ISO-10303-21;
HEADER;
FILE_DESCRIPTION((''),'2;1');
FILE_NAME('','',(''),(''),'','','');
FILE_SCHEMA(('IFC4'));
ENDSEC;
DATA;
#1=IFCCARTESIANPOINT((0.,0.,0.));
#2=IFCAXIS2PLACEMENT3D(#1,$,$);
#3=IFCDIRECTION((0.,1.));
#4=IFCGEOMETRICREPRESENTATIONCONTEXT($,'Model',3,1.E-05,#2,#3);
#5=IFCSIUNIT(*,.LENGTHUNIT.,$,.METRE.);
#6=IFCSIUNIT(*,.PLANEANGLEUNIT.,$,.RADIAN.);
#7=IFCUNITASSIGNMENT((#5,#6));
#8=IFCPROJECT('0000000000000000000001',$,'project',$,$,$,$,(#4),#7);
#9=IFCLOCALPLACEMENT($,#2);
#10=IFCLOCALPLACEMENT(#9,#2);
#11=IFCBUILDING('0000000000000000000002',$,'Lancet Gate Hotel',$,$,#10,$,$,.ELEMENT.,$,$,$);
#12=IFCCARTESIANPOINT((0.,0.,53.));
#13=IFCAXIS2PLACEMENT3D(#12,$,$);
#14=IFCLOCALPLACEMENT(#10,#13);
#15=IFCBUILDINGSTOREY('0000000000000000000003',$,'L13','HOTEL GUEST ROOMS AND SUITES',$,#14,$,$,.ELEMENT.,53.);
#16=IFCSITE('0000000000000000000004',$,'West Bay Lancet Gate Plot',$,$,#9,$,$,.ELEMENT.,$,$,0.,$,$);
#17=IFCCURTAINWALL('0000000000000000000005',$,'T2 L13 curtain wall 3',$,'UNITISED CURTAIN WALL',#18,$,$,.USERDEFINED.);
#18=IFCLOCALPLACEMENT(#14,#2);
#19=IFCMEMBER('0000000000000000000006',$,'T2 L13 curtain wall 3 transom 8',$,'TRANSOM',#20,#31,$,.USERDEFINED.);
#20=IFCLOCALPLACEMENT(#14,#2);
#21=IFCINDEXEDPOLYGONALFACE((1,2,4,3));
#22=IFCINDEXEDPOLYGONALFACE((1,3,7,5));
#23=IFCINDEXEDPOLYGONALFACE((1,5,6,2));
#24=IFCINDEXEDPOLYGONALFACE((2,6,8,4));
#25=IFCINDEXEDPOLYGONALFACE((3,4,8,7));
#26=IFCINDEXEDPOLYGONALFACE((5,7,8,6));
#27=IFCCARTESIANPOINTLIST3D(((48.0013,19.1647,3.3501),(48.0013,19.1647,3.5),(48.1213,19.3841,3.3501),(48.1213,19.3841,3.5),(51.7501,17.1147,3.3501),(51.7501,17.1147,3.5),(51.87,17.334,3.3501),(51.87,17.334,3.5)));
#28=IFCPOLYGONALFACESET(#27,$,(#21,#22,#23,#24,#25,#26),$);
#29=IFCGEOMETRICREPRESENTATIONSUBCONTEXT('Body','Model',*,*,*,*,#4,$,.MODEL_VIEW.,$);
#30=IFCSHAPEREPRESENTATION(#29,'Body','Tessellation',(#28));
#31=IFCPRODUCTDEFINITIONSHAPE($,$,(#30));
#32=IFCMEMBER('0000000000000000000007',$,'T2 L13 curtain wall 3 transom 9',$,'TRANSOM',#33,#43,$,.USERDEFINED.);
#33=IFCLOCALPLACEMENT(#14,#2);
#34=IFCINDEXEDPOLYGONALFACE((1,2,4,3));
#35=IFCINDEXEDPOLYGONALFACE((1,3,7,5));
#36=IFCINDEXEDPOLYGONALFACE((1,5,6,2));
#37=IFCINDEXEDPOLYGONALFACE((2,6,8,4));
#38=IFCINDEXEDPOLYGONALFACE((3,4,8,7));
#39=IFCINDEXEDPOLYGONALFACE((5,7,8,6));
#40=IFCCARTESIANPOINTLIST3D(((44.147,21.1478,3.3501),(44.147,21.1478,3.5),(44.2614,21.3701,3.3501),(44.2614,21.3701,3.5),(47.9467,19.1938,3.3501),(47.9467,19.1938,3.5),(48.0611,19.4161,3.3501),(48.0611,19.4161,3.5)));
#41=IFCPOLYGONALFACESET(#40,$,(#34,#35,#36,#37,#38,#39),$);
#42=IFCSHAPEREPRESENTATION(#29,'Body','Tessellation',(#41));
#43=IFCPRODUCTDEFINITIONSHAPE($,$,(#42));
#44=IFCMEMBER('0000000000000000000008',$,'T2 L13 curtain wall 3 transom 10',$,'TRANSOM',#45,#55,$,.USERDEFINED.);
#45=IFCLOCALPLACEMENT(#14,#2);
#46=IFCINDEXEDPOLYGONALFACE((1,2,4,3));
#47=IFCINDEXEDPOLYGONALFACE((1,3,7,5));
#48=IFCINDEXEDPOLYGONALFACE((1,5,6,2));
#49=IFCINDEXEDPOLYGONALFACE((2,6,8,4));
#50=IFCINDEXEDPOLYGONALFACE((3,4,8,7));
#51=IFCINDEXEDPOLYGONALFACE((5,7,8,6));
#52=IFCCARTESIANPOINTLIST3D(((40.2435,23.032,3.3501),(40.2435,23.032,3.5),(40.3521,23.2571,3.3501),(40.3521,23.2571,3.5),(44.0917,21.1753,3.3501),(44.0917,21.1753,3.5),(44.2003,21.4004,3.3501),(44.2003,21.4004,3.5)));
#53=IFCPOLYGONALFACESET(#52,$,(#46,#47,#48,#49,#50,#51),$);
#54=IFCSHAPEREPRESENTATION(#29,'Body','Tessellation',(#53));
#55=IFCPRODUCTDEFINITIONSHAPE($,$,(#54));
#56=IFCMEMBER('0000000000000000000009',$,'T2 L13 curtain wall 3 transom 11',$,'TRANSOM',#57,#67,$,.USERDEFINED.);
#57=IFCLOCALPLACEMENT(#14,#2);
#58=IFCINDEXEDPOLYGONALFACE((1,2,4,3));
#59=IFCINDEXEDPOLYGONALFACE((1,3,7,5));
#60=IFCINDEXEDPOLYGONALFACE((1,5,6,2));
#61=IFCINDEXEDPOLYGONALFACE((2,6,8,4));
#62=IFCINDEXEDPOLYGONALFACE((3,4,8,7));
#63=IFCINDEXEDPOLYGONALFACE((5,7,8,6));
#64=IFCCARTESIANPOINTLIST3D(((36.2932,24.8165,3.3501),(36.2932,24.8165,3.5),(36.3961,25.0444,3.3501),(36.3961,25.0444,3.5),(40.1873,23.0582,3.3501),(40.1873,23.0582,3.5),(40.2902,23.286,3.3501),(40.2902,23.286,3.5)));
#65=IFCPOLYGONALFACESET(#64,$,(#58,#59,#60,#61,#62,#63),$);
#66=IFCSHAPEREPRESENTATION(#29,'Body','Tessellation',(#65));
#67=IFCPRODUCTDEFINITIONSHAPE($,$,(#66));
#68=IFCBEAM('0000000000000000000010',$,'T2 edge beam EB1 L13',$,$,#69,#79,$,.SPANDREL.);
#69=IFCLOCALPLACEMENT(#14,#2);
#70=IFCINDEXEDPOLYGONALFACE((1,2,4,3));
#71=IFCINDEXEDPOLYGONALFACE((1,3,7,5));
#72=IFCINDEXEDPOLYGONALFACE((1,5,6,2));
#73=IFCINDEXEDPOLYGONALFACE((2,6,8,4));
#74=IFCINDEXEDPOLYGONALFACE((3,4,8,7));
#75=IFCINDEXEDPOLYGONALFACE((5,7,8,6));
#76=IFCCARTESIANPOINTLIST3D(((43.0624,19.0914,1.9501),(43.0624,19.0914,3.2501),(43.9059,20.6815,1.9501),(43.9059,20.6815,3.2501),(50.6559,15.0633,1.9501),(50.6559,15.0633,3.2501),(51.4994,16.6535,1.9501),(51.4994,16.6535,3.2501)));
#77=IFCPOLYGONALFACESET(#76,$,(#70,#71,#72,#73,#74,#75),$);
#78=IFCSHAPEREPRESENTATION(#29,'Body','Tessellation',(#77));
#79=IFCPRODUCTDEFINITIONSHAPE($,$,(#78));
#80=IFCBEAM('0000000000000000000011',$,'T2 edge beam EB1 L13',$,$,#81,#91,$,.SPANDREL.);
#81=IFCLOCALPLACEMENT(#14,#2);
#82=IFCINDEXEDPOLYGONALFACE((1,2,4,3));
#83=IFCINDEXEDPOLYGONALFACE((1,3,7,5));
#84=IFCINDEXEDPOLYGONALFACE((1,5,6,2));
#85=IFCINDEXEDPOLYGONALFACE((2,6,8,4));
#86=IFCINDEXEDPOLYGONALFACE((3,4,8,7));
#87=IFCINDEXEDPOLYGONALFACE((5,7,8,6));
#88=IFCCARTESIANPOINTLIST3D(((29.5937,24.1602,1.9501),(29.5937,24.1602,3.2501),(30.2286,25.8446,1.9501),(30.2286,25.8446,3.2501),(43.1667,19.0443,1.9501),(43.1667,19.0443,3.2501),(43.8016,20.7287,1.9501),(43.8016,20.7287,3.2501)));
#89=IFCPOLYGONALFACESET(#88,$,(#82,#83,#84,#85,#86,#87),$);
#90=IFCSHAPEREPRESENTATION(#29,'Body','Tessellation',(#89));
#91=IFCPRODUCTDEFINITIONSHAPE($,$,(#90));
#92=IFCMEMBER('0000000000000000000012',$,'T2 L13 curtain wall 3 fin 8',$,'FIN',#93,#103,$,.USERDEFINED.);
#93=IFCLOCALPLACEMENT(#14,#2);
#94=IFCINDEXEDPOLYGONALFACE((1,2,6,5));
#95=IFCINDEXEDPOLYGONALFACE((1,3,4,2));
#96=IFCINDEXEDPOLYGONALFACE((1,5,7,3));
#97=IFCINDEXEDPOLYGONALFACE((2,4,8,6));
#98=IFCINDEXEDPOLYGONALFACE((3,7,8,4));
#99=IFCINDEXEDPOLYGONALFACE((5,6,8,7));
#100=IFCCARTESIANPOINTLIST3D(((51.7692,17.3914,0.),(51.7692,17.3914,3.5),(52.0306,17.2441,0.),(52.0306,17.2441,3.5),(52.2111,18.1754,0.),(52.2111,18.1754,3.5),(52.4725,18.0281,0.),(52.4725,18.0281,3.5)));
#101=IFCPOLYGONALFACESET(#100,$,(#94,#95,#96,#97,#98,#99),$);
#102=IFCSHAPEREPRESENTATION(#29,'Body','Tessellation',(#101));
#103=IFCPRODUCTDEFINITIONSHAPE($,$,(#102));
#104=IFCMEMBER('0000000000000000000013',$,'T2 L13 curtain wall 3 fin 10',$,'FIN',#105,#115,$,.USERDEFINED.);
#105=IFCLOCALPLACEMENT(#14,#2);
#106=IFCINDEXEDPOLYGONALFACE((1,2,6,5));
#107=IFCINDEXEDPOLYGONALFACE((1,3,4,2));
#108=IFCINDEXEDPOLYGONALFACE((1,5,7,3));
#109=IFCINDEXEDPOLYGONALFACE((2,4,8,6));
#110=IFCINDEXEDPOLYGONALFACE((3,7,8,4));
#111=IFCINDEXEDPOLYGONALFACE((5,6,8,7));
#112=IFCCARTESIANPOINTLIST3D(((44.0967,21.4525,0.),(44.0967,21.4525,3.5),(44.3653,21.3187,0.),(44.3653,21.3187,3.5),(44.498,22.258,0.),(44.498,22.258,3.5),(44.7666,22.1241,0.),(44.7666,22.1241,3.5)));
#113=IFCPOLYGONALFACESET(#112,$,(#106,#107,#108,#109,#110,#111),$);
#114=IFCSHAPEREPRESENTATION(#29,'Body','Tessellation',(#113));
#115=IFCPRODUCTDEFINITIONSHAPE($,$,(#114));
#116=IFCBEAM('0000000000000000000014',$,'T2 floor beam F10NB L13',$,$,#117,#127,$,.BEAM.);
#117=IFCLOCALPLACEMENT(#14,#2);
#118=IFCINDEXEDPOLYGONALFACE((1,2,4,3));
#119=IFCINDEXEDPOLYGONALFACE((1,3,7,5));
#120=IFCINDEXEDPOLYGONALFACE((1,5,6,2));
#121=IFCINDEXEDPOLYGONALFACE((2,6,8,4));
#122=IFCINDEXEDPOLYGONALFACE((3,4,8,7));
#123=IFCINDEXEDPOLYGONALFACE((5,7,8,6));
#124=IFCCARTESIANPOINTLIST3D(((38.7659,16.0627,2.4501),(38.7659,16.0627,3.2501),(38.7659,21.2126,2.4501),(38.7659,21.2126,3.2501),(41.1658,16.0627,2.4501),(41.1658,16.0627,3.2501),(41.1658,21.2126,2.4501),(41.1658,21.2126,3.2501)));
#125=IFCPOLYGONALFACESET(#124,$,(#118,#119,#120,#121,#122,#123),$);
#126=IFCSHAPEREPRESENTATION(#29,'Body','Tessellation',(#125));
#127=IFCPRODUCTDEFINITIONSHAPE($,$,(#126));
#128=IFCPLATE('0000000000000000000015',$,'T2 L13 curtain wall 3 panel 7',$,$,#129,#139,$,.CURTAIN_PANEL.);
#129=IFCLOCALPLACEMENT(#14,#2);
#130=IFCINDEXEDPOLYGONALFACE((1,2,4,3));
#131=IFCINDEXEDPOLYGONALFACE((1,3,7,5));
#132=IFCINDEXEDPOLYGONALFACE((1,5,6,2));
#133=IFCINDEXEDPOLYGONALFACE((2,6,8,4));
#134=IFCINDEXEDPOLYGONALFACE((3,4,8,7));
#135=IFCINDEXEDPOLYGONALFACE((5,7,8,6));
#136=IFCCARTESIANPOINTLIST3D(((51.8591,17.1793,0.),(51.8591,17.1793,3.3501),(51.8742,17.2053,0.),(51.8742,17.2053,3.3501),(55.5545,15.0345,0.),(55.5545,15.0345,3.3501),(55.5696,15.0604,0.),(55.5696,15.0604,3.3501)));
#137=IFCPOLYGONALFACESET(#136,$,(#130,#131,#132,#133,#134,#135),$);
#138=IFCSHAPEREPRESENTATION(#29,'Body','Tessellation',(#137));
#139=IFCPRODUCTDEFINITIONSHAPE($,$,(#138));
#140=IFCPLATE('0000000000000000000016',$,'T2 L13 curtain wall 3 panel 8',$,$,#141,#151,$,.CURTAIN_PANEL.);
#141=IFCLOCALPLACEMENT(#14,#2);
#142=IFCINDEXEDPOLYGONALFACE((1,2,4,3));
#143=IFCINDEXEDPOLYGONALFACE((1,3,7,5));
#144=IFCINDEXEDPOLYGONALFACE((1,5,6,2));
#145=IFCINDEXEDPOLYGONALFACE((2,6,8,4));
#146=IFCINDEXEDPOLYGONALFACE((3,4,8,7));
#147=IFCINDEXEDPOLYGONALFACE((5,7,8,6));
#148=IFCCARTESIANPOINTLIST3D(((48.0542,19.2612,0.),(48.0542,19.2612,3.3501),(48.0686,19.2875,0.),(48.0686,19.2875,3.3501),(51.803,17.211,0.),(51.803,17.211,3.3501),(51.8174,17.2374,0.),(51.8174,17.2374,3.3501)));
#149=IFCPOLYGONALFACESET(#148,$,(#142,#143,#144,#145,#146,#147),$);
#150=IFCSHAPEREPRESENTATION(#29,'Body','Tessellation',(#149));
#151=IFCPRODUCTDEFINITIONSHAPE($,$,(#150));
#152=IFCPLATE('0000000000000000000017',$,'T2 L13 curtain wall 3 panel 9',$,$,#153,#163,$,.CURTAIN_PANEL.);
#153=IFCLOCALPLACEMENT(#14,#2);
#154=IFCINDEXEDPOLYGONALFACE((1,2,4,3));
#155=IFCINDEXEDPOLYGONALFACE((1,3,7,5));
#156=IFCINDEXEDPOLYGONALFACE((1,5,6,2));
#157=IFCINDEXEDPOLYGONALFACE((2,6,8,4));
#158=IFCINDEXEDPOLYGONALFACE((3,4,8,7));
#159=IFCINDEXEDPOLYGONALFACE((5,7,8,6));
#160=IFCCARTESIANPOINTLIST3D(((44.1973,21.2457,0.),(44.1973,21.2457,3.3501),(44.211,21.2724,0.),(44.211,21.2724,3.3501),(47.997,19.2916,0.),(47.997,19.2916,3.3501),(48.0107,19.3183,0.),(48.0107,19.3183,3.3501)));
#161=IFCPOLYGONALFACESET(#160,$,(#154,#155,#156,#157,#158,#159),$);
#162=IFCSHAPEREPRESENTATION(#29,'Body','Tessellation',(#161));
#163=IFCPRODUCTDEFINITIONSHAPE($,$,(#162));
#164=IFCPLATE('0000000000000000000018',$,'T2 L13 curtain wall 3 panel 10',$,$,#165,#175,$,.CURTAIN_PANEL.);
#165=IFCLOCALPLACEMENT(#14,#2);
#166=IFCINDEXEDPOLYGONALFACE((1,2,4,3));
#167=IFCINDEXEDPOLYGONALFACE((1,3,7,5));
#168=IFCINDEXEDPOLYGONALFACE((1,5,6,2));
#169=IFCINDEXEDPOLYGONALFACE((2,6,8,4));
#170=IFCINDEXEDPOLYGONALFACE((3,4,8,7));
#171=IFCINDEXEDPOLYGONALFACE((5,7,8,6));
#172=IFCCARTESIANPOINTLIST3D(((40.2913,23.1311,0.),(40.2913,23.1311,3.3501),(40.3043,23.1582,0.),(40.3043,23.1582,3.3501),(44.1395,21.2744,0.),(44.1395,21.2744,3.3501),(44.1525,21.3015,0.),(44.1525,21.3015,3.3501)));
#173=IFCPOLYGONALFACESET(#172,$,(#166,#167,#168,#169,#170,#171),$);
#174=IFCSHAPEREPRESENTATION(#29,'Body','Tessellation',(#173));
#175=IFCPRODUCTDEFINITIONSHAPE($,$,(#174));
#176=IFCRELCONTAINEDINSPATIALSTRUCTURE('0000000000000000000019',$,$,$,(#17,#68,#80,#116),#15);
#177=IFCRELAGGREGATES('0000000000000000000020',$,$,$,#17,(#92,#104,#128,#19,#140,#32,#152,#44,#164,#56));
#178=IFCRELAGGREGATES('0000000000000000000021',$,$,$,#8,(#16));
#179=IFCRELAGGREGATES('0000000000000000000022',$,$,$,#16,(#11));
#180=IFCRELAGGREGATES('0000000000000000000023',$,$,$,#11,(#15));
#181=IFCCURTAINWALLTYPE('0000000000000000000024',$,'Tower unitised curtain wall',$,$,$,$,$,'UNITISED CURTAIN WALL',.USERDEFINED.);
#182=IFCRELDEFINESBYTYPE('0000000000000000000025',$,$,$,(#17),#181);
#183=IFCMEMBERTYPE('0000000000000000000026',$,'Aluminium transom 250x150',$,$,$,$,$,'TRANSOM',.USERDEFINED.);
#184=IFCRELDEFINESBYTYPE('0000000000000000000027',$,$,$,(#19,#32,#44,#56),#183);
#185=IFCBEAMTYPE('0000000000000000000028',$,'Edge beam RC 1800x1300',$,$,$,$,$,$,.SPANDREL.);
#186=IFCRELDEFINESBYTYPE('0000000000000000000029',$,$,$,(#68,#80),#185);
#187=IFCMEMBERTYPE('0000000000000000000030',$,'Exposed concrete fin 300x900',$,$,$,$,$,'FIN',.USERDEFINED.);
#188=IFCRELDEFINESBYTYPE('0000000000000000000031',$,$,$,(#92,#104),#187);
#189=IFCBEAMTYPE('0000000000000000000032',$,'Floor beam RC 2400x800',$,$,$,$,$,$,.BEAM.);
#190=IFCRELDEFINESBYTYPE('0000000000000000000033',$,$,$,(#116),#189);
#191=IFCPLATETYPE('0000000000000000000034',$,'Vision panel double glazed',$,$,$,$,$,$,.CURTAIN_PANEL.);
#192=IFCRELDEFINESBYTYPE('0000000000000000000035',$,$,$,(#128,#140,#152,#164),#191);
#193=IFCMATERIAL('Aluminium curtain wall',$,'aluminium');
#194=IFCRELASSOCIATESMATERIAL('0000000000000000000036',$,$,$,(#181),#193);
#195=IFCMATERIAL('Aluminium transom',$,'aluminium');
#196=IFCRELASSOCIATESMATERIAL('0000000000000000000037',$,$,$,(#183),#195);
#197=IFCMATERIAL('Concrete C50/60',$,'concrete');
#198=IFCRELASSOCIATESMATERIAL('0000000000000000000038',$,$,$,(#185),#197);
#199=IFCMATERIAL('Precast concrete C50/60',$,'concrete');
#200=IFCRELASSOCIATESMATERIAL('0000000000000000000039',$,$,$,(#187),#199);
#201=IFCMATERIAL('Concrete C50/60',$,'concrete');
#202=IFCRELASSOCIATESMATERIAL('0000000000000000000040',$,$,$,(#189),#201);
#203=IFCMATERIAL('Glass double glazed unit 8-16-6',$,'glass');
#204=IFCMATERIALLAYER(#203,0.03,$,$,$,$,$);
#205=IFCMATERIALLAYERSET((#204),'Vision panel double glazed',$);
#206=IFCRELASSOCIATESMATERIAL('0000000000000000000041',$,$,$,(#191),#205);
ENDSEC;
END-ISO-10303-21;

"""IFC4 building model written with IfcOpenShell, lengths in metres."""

from ifc_helpers import new_model, si_unit, direction, frame, origin, origin_2d, place, context, subcontext, project, spatial, rectangle, extrude, material, layer, layer_set, material_profile, profile_set, type_object, element, aggregate, save


model = new_model("IFC4")

# Units and contexts
model_context = context("Model", 3, precision=1e-05, world=origin(), true_north=direction((0.0, 1.0)))
body_context = subcontext(model_context, "Body", "Model", "MODEL_VIEW")
ifc_project = project(units=[si_unit("LENGTHUNIT", "METRE"), si_unit("PLANEANGLEUNIT", "RADIAN")], contexts=[model_context])

# Site, building, storey
site_placement = place(None, origin())
site = spatial("IfcSite", under=ifc_project, at=site_placement, Name="West Bay Lancet Gate Plot", CompositionType="ELEMENT", RefElevation=0.0)
building_placement = place(site_placement, origin())
building = spatial("IfcBuilding", under=site, at=building_placement, Name="Lancet Gate Hotel", CompositionType="ELEMENT")
storey_placement = place(building_placement, frame((0.0, 0.0, 53.0)))
storey = spatial("IfcBuildingStorey", under=building, at=storey_placement, Name="L13", Description="HOTEL GUEST ROOMS AND SUITES", CompositionType="ELEMENT", Elevation=53.0)

# Curtain wall, members
ifc_material_1 = material(Name="Aluminium curtain wall", Category="aluminium")
curtain_wall_type = type_object("IfcCurtainWallType", Name="Tower unitised curtain wall", ElementType="UNITISED CURTAIN WALL", PredefinedType="USERDEFINED", material=ifc_material_1)
curtain_wall_placement = place(storey_placement, origin())
curtain_wall = element("IfcCurtainWall", 1, at=curtain_wall_placement, inside=storey, type_object=curtain_wall_type, Name="T2 L13 curtain wall 3", ObjectType="UNITISED CURTAIN WALL", PredefinedType="USERDEFINED")
ifc_material_2 = material(Name="Aluminium transom", Category="aluminium")
ifc_material_profile_1 = material_profile(ifc_material_2, rectangle(XDim=0.25, YDim=0.1499, at=origin_2d()), Name="TRANSOM 250x150")
ifc_profile_set_1 = profile_set([ifc_material_profile_1], Name="Aluminium transom")
member_type_1 = type_object("IfcMemberType", Name="Aluminium transom 250x150", ElementType="TRANSOM", PredefinedType="USERDEFINED", material=ifc_profile_set_1)
member_1_placement = place(storey_placement, frame((51.8101, 17.2244, 3.425), z_axis=(-0.877378, 0.479801, 0.0), x_axis=(-0.479801, -0.877378, 0.0)))
member_1 = element("IfcMember", 2, at=member_1_placement, type_object=member_type_1, Name="T2 L13 curtain wall 3 transom 8", ObjectType="TRANSOM", PredefinedType="USERDEFINED", context=body_context, shape_type="SweptSolid", body=[
    extrude(rectangle(XDim=0.25, YDim=0.1499, at=origin_2d()), origin(), (0.0, 0.0, 1.0), 4.2727),
])
member_2_placement = place(storey_placement, frame((48.0039, 19.3049, 3.425), z_axis=(-0.889296, 0.457333, 0.0), x_axis=(-0.457333, -0.889296, 0.0)))
member_2 = element("IfcMember", 3, at=member_2_placement, type_object=member_type_1, Name="T2 L13 curtain wall 3 transom 9", ObjectType="TRANSOM", PredefinedType="USERDEFINED", context=body_context, shape_type="SweptSolid", body=[
    extrude(rectangle(XDim=0.25, YDim=0.1499, at=origin_2d()), origin(), (0.0, 0.0, 1.0), 4.2727),
])
member_3_placement = place(storey_placement, frame((44.146, 21.2878, 3.425), z_axis=(-0.900646, 0.434553, 0.0), x_axis=(-0.434553, -0.900646, 0.0)))
member_3 = element("IfcMember", 4, at=member_3_placement, type_object=member_type_1, Name="T2 L13 curtain wall 3 transom 10", ObjectType="TRANSOM", PredefinedType="USERDEFINED", context=body_context, shape_type="SweptSolid", body=[
    extrude(rectangle(XDim=0.25, YDim=0.1499, at=origin_2d()), origin(), (0.0, 0.0, 1.0), 4.2727),
])
member_4_placement = place(storey_placement, frame((40.2388, 23.1721, 3.425), z_axis=(-0.911397, 0.411529, 0.0), x_axis=(-0.411529, -0.911397, 0.0)))
member_4 = element("IfcMember", 5, at=member_4_placement, type_object=member_type_1, Name="T2 L13 curtain wall 3 transom 11", ObjectType="TRANSOM", PredefinedType="USERDEFINED", context=body_context, shape_type="SweptSolid", body=[
    extrude(rectangle(XDim=0.25, YDim=0.1499, at=origin_2d()), origin(), (0.0, 0.0, 1.0), 4.2727),
])

# Beams
ifc_material_3 = material(Name="Concrete C50/60", Category="concrete")
ifc_material_profile_2 = material_profile(ifc_material_3, rectangle(XDim=1.8, YDim=1.3, at=origin_2d()), Name="RC 1800x1300")
ifc_profile_set_2 = profile_set([ifc_material_profile_2], Name="Concrete C50/60")
beam_type_1 = type_object("IfcBeamType", Name="Edge beam RC 1800x1300", PredefinedType="SPANDREL", material=ifc_profile_set_2)
beam_1_placement = place(storey_placement, frame((51.0776, 15.8584, 2.6001), z_axis=(-0.883403, 0.468613, 0.0), x_axis=(-0.468613, -0.883403, 0.0)))
element("IfcBeam", 6, at=beam_1_placement, inside=storey, type_object=beam_type_1, Name="T2 edge beam EB1 L13", PredefinedType="SPANDREL", context=body_context, shape_type="SweptSolid", body=[
    extrude(rectangle(XDim=1.8, YDim=1.3, at=origin_2d()), origin(), (0.0, 0.0, 1.0), 8.5957),
])
beam_2_placement = place(storey_placement, frame((43.4841, 19.8865, 2.6001), z_axis=(-0.935736, 0.3527, 0.0), x_axis=(-0.3527, -0.935736, 0.0)))
element("IfcBeam", 7, at=beam_2_placement, inside=storey, type_object=beam_type_1, Name="T2 edge beam EB1 L13", PredefinedType="SPANDREL", context=body_context, shape_type="SweptSolid", body=[
    extrude(rectangle(XDim=1.8, YDim=1.3, at=origin_2d()), origin(), (0.0, 0.0, 1.0), 14.5051),
])

# Members
ifc_material_4 = material(Name="Precast concrete C50/60", Category="concrete")
ifc_material_profile_3 = material_profile(ifc_material_4, rectangle(XDim=0.3, YDim=0.8999, at=origin_2d()), Name="FIN 300x900")
ifc_profile_set_3 = profile_set([ifc_material_profile_3], Name="Precast concrete C50/60")
member_type_2 = type_object("IfcMemberType", Name="Exposed concrete fin 300x900", ElementType="FIN", PredefinedType="USERDEFINED", material=ifc_profile_set_3)
member_5_placement = place(storey_placement, frame((52.1208, 17.7097, 0.0), z_axis=(0.0, 0.0, 1.0), x_axis=(-0.87119, 0.490945, 0.0)))
member_5 = element("IfcMember", 8, at=member_5_placement, type_object=member_type_2, Name="T2 L13 curtain wall 3 fin 8", ObjectType="FIN", PredefinedType="USERDEFINED", context=body_context, shape_type="SweptSolid", body=[
    extrude(rectangle(XDim=0.3, YDim=0.8999, at=origin_2d()), origin(), (0.0, 0.0, 1.0), 3.5),
])
member_6_placement = place(storey_placement, frame((44.4316, 21.7883, 0.0), z_axis=(0.0, 0.0, 1.0), x_axis=(-0.895044, 0.445978, 0.0)))
member_6 = element("IfcMember", 9, at=member_6_placement, type_object=member_type_2, Name="T2 L13 curtain wall 3 fin 10", ObjectType="FIN", PredefinedType="USERDEFINED", context=body_context, shape_type="SweptSolid", body=[
    extrude(rectangle(XDim=0.3, YDim=0.8999, at=origin_2d()), origin(), (0.0, 0.0, 1.0), 3.5),
])

# Beam
ifc_material_5 = material(Name="Concrete C50/60", Category="concrete")
ifc_material_profile_4 = material_profile(ifc_material_5, rectangle(XDim=2.3999, YDim=0.8, at=origin_2d()), Name="RC 2400x800")
ifc_profile_set_4 = profile_set([ifc_material_profile_4], Name="Concrete C50/60")
beam_type_2 = type_object("IfcBeamType", Name="Floor beam RC 2400x800", PredefinedType="BEAM", material=ifc_profile_set_4)
beam_3_placement = place(storey_placement, frame((39.9658, 16.0627, 2.8501), z_axis=(0.0, 1.0, 0.0), x_axis=(-1.0, 0.0, 0.0)))
element("IfcBeam", 10, at=beam_3_placement, inside=storey, type_object=beam_type_2, Name="T2 floor beam F10NB L13", PredefinedType="BEAM", context=body_context, shape_type="SweptSolid", body=[
    extrude(rectangle(XDim=2.3999, YDim=0.8, at=origin_2d()), origin(), (0.0, 0.0, 1.0), 5.1499),
])

# Plates
ifc_material_6 = material(Name="Glass double glazed unit 8-16-6", Category="glass")
ifc_layer = layer(ifc_material_6, 0.03)
ifc_layer_set = layer_set([ifc_layer], Name="Vision panel double glazed")
plate_type = type_object("IfcPlateType", Name="Vision panel double glazed", PredefinedType="CURTAIN_PANEL", material=ifc_layer_set)
plate_1_placement = place(storey_placement, frame((53.7144, 16.1199, 0.0), z_axis=(0.0, 0.0, 1.0), x_axis=(-0.864872, 0.501993, 0.0)))
plate_1 = element("IfcPlate", 11, at=plate_1_placement, type_object=plate_type, Name="T2 L13 curtain wall 3 panel 7", PredefinedType="CURTAIN_PANEL", context=body_context, shape_type="SweptSolid", body=[
    extrude(rectangle(XDim=4.2727, YDim=0.03, at=origin_2d()), origin(), (0.0, 0.0, 1.0), 3.3501),
])
plate_2_placement = place(storey_placement, frame((49.9358, 18.2493, 0.0), z_axis=(0.0, 0.0, 1.0), x_axis=(-0.877368, 0.479818, 0.0)))
plate_2 = element("IfcPlate", 12, at=plate_2_placement, type_object=plate_type, Name="T2 L13 curtain wall 3 panel 8", PredefinedType="CURTAIN_PANEL", context=body_context, shape_type="SweptSolid", body=[
    extrude(rectangle(XDim=4.2727, YDim=0.03, at=origin_2d()), origin(), (0.0, 0.0, 1.0), 3.3501),
])
plate_3_placement = place(storey_placement, frame((46.104, 20.282, 0.0), z_axis=(0.0, 0.0, 1.0), x_axis=(-0.889296, 0.457332, 0.0)))
plate_3 = element("IfcPlate", 13, at=plate_3_placement, type_object=plate_type, Name="T2 L13 curtain wall 3 panel 9", PredefinedType="CURTAIN_PANEL", context=body_context, shape_type="SweptSolid", body=[
    extrude(rectangle(XDim=4.2727, YDim=0.03, at=origin_2d()), origin(), (0.0, 0.0, 1.0), 3.3501),
])
plate_4_placement = place(storey_placement, frame((42.2219, 22.2163, 0.0), z_axis=(0.0, 0.0, 1.0), x_axis=(-0.900647, 0.43455, 0.0)))
plate_4 = element("IfcPlate", 14, at=plate_4_placement, type_object=plate_type, Name="T2 L13 curtain wall 3 panel 10", PredefinedType="CURTAIN_PANEL", context=body_context, shape_type="SweptSolid", body=[
    extrude(rectangle(XDim=4.2727, YDim=0.03, at=origin_2d()), origin(), (0.0, 0.0, 1.0), 3.3501),
])
aggregate(curtain_wall, [member_5, member_6, plate_1, member_1, plate_2, member_2, plate_3, member_3, plate_4, member_4])

save(model, "model.ifc")
